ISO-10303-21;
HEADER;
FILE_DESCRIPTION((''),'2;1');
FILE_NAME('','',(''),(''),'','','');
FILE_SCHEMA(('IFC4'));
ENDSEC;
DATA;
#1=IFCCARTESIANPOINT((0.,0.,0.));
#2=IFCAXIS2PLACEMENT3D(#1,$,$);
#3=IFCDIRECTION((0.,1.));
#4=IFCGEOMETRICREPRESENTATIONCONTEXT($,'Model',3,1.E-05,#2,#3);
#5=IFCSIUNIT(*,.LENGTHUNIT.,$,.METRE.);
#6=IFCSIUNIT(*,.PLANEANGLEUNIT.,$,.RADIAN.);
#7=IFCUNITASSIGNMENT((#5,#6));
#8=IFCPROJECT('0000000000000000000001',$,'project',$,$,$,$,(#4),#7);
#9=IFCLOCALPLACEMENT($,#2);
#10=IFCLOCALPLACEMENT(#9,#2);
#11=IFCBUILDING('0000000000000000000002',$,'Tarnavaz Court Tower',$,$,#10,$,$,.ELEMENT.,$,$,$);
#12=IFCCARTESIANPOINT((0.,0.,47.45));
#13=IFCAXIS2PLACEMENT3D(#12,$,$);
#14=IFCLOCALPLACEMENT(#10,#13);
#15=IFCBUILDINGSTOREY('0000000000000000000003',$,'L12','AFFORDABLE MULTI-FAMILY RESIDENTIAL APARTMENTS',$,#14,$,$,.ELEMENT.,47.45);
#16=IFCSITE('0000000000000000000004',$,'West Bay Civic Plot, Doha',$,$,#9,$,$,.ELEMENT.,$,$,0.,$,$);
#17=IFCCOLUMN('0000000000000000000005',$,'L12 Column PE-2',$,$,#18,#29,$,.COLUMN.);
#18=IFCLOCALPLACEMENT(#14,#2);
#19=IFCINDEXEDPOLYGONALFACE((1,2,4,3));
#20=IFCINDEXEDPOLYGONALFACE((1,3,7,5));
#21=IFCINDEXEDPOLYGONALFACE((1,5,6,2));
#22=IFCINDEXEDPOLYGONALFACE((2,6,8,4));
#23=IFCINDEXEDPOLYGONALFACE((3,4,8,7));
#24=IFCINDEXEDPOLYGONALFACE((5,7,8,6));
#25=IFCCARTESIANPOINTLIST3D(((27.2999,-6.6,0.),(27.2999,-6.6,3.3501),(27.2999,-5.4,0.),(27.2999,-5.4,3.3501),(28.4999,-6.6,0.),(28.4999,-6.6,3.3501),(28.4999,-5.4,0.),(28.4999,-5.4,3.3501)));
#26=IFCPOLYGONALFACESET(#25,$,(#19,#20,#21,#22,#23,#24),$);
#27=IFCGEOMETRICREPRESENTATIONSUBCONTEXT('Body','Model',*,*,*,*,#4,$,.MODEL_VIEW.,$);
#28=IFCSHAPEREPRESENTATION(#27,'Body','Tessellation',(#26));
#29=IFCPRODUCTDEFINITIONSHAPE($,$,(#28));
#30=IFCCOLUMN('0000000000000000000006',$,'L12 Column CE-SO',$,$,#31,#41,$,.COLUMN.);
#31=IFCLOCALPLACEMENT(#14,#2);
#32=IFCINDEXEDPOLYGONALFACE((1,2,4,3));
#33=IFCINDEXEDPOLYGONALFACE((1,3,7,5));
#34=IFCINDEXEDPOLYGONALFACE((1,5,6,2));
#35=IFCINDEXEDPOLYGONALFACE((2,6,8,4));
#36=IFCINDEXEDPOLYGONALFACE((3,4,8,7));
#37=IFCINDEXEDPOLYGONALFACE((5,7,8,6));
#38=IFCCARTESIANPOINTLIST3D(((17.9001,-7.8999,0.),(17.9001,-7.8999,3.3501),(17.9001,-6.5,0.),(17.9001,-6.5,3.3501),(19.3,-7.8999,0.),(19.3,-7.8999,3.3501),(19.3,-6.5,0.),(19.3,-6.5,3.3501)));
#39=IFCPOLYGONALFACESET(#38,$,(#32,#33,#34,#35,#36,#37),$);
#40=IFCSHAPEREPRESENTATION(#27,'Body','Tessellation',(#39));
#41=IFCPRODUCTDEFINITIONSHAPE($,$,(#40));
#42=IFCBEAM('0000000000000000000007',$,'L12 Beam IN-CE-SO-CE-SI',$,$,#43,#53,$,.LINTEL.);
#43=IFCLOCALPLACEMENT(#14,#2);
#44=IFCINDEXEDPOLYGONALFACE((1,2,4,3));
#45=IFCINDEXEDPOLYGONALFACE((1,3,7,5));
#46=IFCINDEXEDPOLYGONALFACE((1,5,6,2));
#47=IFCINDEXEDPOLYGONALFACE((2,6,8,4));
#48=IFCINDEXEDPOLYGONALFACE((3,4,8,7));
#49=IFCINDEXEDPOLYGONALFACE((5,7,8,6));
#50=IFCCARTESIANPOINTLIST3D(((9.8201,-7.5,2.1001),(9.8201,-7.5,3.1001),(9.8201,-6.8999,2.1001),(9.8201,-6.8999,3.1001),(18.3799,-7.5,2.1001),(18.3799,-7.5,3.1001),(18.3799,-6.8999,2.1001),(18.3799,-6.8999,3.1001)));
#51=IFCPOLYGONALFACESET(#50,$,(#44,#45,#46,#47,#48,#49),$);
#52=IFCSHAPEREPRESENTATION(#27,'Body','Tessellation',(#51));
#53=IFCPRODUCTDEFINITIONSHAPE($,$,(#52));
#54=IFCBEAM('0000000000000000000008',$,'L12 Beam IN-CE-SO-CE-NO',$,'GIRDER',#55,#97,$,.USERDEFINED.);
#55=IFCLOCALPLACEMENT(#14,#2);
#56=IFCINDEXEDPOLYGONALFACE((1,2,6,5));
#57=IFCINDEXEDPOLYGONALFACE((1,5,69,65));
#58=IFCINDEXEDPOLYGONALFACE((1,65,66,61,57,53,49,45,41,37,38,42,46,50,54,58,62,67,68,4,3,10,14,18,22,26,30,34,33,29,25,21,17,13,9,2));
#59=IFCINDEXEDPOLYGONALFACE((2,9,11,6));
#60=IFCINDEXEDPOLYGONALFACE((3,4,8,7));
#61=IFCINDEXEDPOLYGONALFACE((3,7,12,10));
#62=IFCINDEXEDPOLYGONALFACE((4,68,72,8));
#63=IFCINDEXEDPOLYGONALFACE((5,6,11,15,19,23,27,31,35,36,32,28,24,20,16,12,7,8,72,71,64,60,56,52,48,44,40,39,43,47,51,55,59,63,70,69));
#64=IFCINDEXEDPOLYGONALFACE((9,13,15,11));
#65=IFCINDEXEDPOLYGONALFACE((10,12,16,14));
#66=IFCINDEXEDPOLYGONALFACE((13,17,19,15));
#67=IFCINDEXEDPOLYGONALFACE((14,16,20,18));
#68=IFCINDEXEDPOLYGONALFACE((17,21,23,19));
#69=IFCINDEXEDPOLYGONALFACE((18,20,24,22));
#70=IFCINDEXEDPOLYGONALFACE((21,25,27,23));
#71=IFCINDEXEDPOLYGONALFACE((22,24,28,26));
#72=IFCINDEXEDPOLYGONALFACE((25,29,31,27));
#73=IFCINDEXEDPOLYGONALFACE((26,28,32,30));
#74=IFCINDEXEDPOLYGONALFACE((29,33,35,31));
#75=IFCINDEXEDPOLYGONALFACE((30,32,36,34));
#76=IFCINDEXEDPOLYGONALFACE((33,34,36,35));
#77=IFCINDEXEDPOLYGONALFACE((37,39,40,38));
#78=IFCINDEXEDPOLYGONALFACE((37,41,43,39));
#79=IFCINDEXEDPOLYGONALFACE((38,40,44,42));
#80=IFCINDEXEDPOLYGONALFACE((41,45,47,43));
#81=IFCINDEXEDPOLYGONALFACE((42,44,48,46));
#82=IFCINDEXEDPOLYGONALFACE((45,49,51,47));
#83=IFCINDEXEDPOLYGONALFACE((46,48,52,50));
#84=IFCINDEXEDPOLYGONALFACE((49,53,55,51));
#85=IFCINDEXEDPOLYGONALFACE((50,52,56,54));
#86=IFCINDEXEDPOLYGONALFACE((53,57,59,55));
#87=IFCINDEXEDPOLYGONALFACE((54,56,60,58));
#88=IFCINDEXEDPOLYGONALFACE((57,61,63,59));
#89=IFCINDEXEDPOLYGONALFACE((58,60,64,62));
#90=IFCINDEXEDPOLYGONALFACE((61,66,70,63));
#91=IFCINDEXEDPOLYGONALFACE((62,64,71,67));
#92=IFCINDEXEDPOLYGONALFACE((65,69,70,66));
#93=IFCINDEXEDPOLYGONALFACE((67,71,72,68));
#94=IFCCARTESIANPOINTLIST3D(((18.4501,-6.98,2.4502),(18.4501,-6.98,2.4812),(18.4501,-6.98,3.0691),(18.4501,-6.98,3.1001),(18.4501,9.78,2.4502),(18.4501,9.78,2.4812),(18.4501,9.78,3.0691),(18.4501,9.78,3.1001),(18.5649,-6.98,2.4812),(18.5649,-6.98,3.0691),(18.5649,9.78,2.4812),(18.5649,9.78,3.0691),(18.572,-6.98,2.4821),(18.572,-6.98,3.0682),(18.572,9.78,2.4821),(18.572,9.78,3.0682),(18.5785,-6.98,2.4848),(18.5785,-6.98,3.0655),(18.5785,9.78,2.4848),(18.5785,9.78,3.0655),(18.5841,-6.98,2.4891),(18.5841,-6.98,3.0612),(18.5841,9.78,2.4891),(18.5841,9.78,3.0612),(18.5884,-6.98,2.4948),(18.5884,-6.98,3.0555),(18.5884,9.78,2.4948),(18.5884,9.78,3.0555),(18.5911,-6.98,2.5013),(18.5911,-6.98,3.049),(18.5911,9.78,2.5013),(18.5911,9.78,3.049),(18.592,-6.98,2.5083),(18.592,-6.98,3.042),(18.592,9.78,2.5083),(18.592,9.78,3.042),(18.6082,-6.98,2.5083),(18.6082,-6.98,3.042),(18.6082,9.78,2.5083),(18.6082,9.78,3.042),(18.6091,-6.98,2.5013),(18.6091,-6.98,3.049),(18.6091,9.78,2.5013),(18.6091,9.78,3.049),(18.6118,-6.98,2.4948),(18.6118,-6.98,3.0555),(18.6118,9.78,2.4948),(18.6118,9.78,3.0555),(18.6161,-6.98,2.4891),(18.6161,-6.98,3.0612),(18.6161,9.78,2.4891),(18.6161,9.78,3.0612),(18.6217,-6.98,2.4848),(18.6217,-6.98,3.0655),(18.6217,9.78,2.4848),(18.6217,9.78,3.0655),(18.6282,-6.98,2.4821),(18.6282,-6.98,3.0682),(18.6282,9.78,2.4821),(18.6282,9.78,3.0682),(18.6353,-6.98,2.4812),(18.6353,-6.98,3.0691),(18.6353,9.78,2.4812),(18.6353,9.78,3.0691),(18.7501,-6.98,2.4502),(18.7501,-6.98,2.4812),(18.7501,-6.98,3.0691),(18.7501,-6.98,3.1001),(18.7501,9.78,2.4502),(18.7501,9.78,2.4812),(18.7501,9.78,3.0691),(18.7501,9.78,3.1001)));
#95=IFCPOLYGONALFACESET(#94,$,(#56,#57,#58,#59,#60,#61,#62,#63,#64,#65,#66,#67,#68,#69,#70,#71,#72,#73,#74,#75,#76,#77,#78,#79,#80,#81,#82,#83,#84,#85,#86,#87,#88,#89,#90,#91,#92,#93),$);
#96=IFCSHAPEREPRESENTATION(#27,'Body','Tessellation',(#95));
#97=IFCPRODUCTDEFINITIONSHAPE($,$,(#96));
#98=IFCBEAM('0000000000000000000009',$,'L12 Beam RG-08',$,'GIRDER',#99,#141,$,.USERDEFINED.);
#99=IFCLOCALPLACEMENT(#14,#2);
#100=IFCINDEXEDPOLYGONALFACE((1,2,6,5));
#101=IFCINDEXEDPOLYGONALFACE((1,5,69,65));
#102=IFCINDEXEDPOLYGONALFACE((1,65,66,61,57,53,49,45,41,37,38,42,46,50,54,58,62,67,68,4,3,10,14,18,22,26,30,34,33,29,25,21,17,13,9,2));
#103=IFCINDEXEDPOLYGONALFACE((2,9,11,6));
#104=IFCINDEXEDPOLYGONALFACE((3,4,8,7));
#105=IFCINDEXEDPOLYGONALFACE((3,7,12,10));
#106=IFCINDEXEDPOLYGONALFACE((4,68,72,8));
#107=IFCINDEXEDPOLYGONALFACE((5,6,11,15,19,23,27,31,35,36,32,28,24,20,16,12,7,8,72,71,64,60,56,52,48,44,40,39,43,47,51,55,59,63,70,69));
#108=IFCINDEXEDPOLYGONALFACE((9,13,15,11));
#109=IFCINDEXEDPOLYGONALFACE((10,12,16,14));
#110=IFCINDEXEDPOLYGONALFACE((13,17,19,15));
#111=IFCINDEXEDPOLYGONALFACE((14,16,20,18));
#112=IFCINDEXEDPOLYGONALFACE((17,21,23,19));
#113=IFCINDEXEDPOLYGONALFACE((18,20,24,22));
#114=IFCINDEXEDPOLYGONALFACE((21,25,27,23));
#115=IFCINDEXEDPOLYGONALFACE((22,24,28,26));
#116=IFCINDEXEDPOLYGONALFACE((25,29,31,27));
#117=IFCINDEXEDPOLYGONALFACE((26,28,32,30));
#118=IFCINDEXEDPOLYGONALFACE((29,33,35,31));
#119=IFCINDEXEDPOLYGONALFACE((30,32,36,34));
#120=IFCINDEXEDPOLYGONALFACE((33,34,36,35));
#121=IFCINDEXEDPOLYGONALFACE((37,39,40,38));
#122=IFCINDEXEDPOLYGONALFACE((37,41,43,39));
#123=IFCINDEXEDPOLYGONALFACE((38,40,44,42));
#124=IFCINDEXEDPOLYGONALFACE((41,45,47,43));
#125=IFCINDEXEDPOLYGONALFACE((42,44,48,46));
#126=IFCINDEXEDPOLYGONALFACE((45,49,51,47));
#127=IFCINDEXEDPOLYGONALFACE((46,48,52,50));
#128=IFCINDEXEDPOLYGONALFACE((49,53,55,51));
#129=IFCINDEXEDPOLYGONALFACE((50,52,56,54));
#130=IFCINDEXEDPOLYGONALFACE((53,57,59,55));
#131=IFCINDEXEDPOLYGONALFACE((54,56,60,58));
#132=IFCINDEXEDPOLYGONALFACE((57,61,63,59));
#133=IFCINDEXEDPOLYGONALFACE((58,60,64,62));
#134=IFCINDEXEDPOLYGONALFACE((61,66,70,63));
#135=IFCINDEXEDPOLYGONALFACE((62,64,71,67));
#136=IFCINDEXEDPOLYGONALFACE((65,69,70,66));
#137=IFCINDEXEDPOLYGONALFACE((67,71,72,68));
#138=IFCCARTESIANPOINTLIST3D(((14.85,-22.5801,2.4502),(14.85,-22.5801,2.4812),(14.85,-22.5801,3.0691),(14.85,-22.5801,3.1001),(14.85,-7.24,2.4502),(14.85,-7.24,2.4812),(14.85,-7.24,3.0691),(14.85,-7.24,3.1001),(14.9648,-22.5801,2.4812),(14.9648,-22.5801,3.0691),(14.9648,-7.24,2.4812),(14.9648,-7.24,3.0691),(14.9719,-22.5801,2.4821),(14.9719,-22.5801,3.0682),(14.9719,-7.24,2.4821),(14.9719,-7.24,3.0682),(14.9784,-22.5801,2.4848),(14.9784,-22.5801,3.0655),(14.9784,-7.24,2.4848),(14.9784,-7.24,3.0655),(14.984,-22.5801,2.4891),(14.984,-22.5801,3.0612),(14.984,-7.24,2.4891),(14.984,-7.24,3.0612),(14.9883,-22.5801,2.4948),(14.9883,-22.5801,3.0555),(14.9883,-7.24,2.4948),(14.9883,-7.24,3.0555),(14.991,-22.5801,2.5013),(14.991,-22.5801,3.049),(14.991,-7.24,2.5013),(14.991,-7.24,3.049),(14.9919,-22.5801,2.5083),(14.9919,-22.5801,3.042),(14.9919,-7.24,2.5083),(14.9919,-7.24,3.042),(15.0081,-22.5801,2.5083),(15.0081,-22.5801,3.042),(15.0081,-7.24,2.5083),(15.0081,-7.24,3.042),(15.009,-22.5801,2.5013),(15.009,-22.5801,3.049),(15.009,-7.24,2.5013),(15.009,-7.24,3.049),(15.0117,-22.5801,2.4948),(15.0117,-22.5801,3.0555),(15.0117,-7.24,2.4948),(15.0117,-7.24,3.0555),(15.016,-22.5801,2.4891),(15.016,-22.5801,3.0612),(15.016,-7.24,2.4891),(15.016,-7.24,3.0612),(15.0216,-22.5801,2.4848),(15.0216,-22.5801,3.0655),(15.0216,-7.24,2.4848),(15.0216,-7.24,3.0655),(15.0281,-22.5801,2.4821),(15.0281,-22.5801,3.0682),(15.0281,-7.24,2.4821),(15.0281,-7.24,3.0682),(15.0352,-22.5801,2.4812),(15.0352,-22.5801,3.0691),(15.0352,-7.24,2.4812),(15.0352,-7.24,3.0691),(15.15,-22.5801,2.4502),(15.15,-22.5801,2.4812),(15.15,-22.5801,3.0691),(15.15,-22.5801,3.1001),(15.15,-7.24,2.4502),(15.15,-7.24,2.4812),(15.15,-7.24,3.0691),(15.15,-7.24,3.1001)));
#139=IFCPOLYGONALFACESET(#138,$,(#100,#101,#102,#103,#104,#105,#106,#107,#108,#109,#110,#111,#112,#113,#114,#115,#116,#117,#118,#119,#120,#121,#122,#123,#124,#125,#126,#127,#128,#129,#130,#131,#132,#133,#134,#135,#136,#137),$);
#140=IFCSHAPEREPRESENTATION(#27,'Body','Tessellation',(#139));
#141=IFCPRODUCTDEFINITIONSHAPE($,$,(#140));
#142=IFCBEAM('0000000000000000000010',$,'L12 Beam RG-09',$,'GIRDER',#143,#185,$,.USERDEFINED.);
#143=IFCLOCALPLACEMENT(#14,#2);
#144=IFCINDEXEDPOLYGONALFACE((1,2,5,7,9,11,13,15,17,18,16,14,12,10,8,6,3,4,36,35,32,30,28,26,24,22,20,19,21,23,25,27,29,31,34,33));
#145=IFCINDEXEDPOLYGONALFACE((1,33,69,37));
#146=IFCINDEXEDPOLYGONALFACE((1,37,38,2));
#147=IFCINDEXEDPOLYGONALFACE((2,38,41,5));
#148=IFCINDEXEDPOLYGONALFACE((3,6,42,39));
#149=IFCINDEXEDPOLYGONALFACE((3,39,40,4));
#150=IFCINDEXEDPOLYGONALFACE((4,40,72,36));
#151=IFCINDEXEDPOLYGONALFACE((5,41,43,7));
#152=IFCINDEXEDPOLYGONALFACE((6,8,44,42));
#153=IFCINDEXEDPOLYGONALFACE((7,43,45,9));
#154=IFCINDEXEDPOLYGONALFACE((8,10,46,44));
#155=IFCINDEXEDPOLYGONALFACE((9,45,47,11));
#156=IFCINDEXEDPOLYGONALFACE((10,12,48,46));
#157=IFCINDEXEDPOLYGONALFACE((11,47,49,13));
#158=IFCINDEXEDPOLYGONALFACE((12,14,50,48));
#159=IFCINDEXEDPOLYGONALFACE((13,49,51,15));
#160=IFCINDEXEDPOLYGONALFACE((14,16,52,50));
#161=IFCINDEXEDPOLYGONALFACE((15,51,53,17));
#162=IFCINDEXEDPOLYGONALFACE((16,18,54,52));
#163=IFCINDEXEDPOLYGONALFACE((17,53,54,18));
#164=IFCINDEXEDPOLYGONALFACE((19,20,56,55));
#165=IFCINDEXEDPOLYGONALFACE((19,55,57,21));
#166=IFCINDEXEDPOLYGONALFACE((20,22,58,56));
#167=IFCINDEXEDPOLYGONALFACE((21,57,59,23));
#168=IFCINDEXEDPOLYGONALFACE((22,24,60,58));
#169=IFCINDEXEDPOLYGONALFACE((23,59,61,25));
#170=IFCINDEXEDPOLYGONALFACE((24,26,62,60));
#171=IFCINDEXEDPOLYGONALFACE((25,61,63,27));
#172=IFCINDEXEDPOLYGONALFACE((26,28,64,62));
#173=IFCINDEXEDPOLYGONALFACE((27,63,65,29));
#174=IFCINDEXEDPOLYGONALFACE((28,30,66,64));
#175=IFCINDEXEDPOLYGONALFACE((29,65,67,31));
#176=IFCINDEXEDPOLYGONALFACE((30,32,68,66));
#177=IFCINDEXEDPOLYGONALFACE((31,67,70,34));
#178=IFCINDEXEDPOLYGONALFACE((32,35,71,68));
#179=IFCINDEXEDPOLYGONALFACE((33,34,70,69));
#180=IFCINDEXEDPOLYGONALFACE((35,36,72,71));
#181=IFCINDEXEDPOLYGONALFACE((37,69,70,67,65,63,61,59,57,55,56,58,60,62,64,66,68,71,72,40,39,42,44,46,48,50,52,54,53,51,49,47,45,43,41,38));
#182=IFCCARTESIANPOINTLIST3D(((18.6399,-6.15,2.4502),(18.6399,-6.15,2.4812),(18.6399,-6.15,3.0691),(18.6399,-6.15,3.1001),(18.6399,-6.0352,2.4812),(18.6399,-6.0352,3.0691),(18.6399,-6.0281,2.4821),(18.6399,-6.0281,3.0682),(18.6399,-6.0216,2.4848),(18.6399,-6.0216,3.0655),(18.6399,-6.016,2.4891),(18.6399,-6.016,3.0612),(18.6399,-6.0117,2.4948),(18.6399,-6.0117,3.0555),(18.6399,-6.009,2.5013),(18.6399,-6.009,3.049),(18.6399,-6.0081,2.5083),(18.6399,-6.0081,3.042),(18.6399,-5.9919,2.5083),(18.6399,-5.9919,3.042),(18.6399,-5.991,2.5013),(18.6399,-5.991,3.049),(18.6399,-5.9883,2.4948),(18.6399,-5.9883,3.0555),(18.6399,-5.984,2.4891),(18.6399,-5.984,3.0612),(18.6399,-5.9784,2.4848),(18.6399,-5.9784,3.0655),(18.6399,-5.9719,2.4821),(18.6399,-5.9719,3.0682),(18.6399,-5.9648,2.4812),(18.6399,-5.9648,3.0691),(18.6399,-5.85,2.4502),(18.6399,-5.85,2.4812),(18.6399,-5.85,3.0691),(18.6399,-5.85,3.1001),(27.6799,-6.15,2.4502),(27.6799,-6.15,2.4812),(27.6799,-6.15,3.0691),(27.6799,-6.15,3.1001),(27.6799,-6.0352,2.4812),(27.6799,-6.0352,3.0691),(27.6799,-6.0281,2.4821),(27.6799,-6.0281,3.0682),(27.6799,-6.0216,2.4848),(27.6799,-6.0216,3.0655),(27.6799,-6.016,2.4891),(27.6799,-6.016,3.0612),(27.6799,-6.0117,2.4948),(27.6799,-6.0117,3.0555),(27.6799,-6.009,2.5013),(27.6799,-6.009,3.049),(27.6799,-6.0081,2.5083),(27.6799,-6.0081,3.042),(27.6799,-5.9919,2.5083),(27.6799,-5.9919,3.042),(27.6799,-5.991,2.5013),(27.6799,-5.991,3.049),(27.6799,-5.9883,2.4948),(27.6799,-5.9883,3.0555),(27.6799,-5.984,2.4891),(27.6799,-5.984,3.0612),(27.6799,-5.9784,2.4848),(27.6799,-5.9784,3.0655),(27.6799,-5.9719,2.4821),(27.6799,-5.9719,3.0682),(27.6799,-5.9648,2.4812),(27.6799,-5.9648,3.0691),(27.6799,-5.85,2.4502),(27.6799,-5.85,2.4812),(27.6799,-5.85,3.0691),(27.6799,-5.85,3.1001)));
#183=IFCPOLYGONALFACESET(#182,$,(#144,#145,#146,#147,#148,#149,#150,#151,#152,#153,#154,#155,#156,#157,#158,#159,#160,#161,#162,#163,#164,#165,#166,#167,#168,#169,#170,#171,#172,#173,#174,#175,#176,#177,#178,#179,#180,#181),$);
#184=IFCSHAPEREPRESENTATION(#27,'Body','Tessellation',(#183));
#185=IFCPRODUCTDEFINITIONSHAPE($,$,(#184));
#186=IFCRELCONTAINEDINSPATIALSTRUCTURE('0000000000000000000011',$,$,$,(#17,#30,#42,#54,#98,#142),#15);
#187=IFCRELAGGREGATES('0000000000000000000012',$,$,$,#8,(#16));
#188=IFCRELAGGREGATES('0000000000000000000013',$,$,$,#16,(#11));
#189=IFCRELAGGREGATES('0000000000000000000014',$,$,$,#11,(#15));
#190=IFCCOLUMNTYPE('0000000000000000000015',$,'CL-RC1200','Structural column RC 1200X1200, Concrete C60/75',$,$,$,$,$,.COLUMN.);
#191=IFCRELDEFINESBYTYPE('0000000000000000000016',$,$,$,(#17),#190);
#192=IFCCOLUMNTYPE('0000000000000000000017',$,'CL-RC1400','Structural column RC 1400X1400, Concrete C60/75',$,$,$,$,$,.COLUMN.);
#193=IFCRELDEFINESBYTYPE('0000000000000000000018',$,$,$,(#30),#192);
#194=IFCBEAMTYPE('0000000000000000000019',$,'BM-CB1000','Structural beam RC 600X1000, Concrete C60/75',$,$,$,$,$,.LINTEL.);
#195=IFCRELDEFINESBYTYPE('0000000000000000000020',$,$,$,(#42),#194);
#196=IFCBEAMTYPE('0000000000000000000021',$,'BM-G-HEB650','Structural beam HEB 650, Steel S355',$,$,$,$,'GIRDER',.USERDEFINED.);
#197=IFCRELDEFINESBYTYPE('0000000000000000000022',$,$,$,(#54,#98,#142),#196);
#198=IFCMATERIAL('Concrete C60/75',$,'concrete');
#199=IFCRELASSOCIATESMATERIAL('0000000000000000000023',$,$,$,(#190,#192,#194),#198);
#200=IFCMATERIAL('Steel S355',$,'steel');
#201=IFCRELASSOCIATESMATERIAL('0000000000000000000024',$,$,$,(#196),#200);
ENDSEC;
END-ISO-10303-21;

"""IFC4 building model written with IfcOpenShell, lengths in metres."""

from ifc_helpers import new_model, si_unit, direction, frame, origin, origin_2d, place, context, subcontext, project, spatial, rectangle, i_section, extrude, material, material_profile, profile_set, type_object, element, save


model = new_model("IFC4")

# Units and contexts
model_context = context("Model", 3, precision=1e-05, world=origin(), true_north=direction((0.0, 1.0)))
body_context = subcontext(model_context, "Body", "Model", "MODEL_VIEW")
ifc_project = project(units=[si_unit("LENGTHUNIT", "METRE"), si_unit("PLANEANGLEUNIT", "RADIAN")], contexts=[model_context])

# Site, building, storey
site_placement = place(None, origin())
site = spatial("IfcSite", under=ifc_project, at=site_placement, Name="West Bay Civic Plot, Doha", CompositionType="ELEMENT", RefElevation=0.0)
building_placement = place(site_placement, origin())
building = spatial("IfcBuilding", under=site, at=building_placement, Name="Tarnavaz Court Tower", CompositionType="ELEMENT")
storey_placement = place(building_placement, frame((0.0, 0.0, 47.45)))
storey = spatial("IfcBuildingStorey", under=building, at=storey_placement, Name="L12", Description="AFFORDABLE MULTI-FAMILY RESIDENTIAL APARTMENTS", CompositionType="ELEMENT", Elevation=47.45)

# Columns
ifc_material_1 = material(Name="Concrete C60/75", Category="concrete")
ifc_material_profile_1 = material_profile(ifc_material_1, rectangle(XDim=1.2, YDim=1.2, at=origin_2d()), Name="RC 1200X1200")
ifc_profile_set_1 = profile_set([ifc_material_profile_1], Name="Concrete C60/75")
column_type_1 = type_object("IfcColumnType", Name="CL-RC1200", Description="Structural column RC 1200X1200, Concrete C60/75", PredefinedType="COLUMN", material=ifc_profile_set_1)
column_1_placement = place(storey_placement, frame((27.8999, -6.0, 0.0), z_axis=(0.0, 0.0, 1.0), x_axis=(1.0, 0.0, 0.0)))
element("IfcColumn", 1, at=column_1_placement, inside=storey, type_object=column_type_1, Name="L12 Column PE-2", PredefinedType="COLUMN", context=body_context, shape_type="SweptSolid", body=[
    extrude(rectangle(XDim=1.2, YDim=1.2, at=origin_2d()), origin(), (0.0, 0.0, 1.0), 3.3501),
])
ifc_material_profile_2 = material_profile(ifc_material_1, rectangle(XDim=1.3999, YDim=1.3999, at=origin_2d()), Name="RC 1400X1400")
ifc_profile_set_2 = profile_set([ifc_material_profile_2], Name="Concrete C60/75")
column_type_2 = type_object("IfcColumnType", Name="CL-RC1400", Description="Structural column RC 1400X1400, Concrete C60/75", PredefinedType="COLUMN", material=ifc_profile_set_2)
column_2_placement = place(storey_placement, frame((18.6001, -7.2, 0.0), z_axis=(0.0, 0.0, 1.0), x_axis=(1.0, 0.0, 0.0)))
element("IfcColumn", 2, at=column_2_placement, inside=storey, type_object=column_type_2, Name="L12 Column CE-SO", PredefinedType="COLUMN", context=body_context, shape_type="SweptSolid", body=[
    extrude(rectangle(XDim=1.3999, YDim=1.3999, at=origin_2d()), origin(), (0.0, 0.0, 1.0), 3.3501),
])

# Beams
ifc_material_profile_3 = material_profile(ifc_material_1, rectangle(XDim=0.6001, YDim=1.0, at=origin_2d()), Name="RC 600X1000")
ifc_profile_set_3 = profile_set([ifc_material_profile_3], Name="Concrete C60/75")
beam_type_1 = type_object("IfcBeamType", Name="BM-CB1000", Description="Structural beam RC 600X1000, Concrete C60/75", PredefinedType="LINTEL", material=ifc_profile_set_3)
beam_1_placement = place(storey_placement, frame((18.3799, -7.2, 2.6001), z_axis=(-1.0, 0.0, 0.0), x_axis=(0.0, -1.0, 0.0)))
element("IfcBeam", 3, at=beam_1_placement, inside=storey, type_object=beam_type_1, Name="L12 Beam IN-CE-SO-CE-SI", PredefinedType="LINTEL", context=body_context, shape_type="SweptSolid", body=[
    extrude(rectangle(XDim=0.6001, YDim=1.0, at=origin_2d()), origin(), (0.0, 0.0, 1.0), 8.5598),
])
ifc_material_2 = material(Name="Steel S355", Category="steel")
ifc_material_profile_4 = material_profile(ifc_material_2, i_section(OverallWidth=0.3, OverallDepth=0.6499, WebThickness=0.0161, FlangeThickness=0.031, FilletRadius=0.0271, at=origin_2d()), Name="HEB 650")
ifc_profile_set_4 = profile_set([ifc_material_profile_4], Name="Steel S355")
beam_type_2 = type_object("IfcBeamType", Name="BM-G-HEB650", Description="Structural beam HEB 650, Steel S355", ElementType="GIRDER", PredefinedType="USERDEFINED", material=ifc_profile_set_4)
beam_2_placement = place(storey_placement, frame((18.6001, -6.98, 2.7751), z_axis=(0.0, 1.0, 0.0), x_axis=(-1.0, 0.0, 0.0)))
element("IfcBeam", 4, at=beam_2_placement, inside=storey, type_object=beam_type_2, Name="L12 Beam IN-CE-SO-CE-NO", ObjectType="GIRDER", PredefinedType="USERDEFINED", context=body_context, shape_type="SweptSolid", body=[
    extrude(i_section(OverallWidth=0.3, OverallDepth=0.6499, WebThickness=0.0161, FlangeThickness=0.031, FilletRadius=0.0271, at=origin_2d()), origin(), (0.0, 0.0, 1.0), 16.76),
])
beam_3_placement = place(storey_placement, frame((15.0, -7.24, 2.7751), z_axis=(0.0, -1.0, 0.0), x_axis=(1.0, 0.0, 0.0)))
element("IfcBeam", 5, at=beam_3_placement, inside=storey, type_object=beam_type_2, Name="L12 Beam RG-08", ObjectType="GIRDER", PredefinedType="USERDEFINED", context=body_context, shape_type="SweptSolid", body=[
    extrude(i_section(OverallWidth=0.3, OverallDepth=0.6499, WebThickness=0.0161, FlangeThickness=0.031, FilletRadius=0.0271, at=origin_2d()), origin(), (0.0, 0.0, 1.0), 15.3401),
])
beam_4_placement = place(storey_placement, frame((18.6399, -6.0, 2.7751), z_axis=(1.0, 0.0, 0.0), x_axis=(0.0, 1.0, 0.0)))
element("IfcBeam", 6, at=beam_4_placement, inside=storey, type_object=beam_type_2, Name="L12 Beam RG-09", ObjectType="GIRDER", PredefinedType="USERDEFINED", context=body_context, shape_type="SweptSolid", body=[
    extrude(i_section(OverallWidth=0.3, OverallDepth=0.6499, WebThickness=0.0161, FlangeThickness=0.031, FilletRadius=0.0271, at=origin_2d()), origin(), (0.0, 0.0, 1.0), 9.04),
])

save(model, "model.ifc")
